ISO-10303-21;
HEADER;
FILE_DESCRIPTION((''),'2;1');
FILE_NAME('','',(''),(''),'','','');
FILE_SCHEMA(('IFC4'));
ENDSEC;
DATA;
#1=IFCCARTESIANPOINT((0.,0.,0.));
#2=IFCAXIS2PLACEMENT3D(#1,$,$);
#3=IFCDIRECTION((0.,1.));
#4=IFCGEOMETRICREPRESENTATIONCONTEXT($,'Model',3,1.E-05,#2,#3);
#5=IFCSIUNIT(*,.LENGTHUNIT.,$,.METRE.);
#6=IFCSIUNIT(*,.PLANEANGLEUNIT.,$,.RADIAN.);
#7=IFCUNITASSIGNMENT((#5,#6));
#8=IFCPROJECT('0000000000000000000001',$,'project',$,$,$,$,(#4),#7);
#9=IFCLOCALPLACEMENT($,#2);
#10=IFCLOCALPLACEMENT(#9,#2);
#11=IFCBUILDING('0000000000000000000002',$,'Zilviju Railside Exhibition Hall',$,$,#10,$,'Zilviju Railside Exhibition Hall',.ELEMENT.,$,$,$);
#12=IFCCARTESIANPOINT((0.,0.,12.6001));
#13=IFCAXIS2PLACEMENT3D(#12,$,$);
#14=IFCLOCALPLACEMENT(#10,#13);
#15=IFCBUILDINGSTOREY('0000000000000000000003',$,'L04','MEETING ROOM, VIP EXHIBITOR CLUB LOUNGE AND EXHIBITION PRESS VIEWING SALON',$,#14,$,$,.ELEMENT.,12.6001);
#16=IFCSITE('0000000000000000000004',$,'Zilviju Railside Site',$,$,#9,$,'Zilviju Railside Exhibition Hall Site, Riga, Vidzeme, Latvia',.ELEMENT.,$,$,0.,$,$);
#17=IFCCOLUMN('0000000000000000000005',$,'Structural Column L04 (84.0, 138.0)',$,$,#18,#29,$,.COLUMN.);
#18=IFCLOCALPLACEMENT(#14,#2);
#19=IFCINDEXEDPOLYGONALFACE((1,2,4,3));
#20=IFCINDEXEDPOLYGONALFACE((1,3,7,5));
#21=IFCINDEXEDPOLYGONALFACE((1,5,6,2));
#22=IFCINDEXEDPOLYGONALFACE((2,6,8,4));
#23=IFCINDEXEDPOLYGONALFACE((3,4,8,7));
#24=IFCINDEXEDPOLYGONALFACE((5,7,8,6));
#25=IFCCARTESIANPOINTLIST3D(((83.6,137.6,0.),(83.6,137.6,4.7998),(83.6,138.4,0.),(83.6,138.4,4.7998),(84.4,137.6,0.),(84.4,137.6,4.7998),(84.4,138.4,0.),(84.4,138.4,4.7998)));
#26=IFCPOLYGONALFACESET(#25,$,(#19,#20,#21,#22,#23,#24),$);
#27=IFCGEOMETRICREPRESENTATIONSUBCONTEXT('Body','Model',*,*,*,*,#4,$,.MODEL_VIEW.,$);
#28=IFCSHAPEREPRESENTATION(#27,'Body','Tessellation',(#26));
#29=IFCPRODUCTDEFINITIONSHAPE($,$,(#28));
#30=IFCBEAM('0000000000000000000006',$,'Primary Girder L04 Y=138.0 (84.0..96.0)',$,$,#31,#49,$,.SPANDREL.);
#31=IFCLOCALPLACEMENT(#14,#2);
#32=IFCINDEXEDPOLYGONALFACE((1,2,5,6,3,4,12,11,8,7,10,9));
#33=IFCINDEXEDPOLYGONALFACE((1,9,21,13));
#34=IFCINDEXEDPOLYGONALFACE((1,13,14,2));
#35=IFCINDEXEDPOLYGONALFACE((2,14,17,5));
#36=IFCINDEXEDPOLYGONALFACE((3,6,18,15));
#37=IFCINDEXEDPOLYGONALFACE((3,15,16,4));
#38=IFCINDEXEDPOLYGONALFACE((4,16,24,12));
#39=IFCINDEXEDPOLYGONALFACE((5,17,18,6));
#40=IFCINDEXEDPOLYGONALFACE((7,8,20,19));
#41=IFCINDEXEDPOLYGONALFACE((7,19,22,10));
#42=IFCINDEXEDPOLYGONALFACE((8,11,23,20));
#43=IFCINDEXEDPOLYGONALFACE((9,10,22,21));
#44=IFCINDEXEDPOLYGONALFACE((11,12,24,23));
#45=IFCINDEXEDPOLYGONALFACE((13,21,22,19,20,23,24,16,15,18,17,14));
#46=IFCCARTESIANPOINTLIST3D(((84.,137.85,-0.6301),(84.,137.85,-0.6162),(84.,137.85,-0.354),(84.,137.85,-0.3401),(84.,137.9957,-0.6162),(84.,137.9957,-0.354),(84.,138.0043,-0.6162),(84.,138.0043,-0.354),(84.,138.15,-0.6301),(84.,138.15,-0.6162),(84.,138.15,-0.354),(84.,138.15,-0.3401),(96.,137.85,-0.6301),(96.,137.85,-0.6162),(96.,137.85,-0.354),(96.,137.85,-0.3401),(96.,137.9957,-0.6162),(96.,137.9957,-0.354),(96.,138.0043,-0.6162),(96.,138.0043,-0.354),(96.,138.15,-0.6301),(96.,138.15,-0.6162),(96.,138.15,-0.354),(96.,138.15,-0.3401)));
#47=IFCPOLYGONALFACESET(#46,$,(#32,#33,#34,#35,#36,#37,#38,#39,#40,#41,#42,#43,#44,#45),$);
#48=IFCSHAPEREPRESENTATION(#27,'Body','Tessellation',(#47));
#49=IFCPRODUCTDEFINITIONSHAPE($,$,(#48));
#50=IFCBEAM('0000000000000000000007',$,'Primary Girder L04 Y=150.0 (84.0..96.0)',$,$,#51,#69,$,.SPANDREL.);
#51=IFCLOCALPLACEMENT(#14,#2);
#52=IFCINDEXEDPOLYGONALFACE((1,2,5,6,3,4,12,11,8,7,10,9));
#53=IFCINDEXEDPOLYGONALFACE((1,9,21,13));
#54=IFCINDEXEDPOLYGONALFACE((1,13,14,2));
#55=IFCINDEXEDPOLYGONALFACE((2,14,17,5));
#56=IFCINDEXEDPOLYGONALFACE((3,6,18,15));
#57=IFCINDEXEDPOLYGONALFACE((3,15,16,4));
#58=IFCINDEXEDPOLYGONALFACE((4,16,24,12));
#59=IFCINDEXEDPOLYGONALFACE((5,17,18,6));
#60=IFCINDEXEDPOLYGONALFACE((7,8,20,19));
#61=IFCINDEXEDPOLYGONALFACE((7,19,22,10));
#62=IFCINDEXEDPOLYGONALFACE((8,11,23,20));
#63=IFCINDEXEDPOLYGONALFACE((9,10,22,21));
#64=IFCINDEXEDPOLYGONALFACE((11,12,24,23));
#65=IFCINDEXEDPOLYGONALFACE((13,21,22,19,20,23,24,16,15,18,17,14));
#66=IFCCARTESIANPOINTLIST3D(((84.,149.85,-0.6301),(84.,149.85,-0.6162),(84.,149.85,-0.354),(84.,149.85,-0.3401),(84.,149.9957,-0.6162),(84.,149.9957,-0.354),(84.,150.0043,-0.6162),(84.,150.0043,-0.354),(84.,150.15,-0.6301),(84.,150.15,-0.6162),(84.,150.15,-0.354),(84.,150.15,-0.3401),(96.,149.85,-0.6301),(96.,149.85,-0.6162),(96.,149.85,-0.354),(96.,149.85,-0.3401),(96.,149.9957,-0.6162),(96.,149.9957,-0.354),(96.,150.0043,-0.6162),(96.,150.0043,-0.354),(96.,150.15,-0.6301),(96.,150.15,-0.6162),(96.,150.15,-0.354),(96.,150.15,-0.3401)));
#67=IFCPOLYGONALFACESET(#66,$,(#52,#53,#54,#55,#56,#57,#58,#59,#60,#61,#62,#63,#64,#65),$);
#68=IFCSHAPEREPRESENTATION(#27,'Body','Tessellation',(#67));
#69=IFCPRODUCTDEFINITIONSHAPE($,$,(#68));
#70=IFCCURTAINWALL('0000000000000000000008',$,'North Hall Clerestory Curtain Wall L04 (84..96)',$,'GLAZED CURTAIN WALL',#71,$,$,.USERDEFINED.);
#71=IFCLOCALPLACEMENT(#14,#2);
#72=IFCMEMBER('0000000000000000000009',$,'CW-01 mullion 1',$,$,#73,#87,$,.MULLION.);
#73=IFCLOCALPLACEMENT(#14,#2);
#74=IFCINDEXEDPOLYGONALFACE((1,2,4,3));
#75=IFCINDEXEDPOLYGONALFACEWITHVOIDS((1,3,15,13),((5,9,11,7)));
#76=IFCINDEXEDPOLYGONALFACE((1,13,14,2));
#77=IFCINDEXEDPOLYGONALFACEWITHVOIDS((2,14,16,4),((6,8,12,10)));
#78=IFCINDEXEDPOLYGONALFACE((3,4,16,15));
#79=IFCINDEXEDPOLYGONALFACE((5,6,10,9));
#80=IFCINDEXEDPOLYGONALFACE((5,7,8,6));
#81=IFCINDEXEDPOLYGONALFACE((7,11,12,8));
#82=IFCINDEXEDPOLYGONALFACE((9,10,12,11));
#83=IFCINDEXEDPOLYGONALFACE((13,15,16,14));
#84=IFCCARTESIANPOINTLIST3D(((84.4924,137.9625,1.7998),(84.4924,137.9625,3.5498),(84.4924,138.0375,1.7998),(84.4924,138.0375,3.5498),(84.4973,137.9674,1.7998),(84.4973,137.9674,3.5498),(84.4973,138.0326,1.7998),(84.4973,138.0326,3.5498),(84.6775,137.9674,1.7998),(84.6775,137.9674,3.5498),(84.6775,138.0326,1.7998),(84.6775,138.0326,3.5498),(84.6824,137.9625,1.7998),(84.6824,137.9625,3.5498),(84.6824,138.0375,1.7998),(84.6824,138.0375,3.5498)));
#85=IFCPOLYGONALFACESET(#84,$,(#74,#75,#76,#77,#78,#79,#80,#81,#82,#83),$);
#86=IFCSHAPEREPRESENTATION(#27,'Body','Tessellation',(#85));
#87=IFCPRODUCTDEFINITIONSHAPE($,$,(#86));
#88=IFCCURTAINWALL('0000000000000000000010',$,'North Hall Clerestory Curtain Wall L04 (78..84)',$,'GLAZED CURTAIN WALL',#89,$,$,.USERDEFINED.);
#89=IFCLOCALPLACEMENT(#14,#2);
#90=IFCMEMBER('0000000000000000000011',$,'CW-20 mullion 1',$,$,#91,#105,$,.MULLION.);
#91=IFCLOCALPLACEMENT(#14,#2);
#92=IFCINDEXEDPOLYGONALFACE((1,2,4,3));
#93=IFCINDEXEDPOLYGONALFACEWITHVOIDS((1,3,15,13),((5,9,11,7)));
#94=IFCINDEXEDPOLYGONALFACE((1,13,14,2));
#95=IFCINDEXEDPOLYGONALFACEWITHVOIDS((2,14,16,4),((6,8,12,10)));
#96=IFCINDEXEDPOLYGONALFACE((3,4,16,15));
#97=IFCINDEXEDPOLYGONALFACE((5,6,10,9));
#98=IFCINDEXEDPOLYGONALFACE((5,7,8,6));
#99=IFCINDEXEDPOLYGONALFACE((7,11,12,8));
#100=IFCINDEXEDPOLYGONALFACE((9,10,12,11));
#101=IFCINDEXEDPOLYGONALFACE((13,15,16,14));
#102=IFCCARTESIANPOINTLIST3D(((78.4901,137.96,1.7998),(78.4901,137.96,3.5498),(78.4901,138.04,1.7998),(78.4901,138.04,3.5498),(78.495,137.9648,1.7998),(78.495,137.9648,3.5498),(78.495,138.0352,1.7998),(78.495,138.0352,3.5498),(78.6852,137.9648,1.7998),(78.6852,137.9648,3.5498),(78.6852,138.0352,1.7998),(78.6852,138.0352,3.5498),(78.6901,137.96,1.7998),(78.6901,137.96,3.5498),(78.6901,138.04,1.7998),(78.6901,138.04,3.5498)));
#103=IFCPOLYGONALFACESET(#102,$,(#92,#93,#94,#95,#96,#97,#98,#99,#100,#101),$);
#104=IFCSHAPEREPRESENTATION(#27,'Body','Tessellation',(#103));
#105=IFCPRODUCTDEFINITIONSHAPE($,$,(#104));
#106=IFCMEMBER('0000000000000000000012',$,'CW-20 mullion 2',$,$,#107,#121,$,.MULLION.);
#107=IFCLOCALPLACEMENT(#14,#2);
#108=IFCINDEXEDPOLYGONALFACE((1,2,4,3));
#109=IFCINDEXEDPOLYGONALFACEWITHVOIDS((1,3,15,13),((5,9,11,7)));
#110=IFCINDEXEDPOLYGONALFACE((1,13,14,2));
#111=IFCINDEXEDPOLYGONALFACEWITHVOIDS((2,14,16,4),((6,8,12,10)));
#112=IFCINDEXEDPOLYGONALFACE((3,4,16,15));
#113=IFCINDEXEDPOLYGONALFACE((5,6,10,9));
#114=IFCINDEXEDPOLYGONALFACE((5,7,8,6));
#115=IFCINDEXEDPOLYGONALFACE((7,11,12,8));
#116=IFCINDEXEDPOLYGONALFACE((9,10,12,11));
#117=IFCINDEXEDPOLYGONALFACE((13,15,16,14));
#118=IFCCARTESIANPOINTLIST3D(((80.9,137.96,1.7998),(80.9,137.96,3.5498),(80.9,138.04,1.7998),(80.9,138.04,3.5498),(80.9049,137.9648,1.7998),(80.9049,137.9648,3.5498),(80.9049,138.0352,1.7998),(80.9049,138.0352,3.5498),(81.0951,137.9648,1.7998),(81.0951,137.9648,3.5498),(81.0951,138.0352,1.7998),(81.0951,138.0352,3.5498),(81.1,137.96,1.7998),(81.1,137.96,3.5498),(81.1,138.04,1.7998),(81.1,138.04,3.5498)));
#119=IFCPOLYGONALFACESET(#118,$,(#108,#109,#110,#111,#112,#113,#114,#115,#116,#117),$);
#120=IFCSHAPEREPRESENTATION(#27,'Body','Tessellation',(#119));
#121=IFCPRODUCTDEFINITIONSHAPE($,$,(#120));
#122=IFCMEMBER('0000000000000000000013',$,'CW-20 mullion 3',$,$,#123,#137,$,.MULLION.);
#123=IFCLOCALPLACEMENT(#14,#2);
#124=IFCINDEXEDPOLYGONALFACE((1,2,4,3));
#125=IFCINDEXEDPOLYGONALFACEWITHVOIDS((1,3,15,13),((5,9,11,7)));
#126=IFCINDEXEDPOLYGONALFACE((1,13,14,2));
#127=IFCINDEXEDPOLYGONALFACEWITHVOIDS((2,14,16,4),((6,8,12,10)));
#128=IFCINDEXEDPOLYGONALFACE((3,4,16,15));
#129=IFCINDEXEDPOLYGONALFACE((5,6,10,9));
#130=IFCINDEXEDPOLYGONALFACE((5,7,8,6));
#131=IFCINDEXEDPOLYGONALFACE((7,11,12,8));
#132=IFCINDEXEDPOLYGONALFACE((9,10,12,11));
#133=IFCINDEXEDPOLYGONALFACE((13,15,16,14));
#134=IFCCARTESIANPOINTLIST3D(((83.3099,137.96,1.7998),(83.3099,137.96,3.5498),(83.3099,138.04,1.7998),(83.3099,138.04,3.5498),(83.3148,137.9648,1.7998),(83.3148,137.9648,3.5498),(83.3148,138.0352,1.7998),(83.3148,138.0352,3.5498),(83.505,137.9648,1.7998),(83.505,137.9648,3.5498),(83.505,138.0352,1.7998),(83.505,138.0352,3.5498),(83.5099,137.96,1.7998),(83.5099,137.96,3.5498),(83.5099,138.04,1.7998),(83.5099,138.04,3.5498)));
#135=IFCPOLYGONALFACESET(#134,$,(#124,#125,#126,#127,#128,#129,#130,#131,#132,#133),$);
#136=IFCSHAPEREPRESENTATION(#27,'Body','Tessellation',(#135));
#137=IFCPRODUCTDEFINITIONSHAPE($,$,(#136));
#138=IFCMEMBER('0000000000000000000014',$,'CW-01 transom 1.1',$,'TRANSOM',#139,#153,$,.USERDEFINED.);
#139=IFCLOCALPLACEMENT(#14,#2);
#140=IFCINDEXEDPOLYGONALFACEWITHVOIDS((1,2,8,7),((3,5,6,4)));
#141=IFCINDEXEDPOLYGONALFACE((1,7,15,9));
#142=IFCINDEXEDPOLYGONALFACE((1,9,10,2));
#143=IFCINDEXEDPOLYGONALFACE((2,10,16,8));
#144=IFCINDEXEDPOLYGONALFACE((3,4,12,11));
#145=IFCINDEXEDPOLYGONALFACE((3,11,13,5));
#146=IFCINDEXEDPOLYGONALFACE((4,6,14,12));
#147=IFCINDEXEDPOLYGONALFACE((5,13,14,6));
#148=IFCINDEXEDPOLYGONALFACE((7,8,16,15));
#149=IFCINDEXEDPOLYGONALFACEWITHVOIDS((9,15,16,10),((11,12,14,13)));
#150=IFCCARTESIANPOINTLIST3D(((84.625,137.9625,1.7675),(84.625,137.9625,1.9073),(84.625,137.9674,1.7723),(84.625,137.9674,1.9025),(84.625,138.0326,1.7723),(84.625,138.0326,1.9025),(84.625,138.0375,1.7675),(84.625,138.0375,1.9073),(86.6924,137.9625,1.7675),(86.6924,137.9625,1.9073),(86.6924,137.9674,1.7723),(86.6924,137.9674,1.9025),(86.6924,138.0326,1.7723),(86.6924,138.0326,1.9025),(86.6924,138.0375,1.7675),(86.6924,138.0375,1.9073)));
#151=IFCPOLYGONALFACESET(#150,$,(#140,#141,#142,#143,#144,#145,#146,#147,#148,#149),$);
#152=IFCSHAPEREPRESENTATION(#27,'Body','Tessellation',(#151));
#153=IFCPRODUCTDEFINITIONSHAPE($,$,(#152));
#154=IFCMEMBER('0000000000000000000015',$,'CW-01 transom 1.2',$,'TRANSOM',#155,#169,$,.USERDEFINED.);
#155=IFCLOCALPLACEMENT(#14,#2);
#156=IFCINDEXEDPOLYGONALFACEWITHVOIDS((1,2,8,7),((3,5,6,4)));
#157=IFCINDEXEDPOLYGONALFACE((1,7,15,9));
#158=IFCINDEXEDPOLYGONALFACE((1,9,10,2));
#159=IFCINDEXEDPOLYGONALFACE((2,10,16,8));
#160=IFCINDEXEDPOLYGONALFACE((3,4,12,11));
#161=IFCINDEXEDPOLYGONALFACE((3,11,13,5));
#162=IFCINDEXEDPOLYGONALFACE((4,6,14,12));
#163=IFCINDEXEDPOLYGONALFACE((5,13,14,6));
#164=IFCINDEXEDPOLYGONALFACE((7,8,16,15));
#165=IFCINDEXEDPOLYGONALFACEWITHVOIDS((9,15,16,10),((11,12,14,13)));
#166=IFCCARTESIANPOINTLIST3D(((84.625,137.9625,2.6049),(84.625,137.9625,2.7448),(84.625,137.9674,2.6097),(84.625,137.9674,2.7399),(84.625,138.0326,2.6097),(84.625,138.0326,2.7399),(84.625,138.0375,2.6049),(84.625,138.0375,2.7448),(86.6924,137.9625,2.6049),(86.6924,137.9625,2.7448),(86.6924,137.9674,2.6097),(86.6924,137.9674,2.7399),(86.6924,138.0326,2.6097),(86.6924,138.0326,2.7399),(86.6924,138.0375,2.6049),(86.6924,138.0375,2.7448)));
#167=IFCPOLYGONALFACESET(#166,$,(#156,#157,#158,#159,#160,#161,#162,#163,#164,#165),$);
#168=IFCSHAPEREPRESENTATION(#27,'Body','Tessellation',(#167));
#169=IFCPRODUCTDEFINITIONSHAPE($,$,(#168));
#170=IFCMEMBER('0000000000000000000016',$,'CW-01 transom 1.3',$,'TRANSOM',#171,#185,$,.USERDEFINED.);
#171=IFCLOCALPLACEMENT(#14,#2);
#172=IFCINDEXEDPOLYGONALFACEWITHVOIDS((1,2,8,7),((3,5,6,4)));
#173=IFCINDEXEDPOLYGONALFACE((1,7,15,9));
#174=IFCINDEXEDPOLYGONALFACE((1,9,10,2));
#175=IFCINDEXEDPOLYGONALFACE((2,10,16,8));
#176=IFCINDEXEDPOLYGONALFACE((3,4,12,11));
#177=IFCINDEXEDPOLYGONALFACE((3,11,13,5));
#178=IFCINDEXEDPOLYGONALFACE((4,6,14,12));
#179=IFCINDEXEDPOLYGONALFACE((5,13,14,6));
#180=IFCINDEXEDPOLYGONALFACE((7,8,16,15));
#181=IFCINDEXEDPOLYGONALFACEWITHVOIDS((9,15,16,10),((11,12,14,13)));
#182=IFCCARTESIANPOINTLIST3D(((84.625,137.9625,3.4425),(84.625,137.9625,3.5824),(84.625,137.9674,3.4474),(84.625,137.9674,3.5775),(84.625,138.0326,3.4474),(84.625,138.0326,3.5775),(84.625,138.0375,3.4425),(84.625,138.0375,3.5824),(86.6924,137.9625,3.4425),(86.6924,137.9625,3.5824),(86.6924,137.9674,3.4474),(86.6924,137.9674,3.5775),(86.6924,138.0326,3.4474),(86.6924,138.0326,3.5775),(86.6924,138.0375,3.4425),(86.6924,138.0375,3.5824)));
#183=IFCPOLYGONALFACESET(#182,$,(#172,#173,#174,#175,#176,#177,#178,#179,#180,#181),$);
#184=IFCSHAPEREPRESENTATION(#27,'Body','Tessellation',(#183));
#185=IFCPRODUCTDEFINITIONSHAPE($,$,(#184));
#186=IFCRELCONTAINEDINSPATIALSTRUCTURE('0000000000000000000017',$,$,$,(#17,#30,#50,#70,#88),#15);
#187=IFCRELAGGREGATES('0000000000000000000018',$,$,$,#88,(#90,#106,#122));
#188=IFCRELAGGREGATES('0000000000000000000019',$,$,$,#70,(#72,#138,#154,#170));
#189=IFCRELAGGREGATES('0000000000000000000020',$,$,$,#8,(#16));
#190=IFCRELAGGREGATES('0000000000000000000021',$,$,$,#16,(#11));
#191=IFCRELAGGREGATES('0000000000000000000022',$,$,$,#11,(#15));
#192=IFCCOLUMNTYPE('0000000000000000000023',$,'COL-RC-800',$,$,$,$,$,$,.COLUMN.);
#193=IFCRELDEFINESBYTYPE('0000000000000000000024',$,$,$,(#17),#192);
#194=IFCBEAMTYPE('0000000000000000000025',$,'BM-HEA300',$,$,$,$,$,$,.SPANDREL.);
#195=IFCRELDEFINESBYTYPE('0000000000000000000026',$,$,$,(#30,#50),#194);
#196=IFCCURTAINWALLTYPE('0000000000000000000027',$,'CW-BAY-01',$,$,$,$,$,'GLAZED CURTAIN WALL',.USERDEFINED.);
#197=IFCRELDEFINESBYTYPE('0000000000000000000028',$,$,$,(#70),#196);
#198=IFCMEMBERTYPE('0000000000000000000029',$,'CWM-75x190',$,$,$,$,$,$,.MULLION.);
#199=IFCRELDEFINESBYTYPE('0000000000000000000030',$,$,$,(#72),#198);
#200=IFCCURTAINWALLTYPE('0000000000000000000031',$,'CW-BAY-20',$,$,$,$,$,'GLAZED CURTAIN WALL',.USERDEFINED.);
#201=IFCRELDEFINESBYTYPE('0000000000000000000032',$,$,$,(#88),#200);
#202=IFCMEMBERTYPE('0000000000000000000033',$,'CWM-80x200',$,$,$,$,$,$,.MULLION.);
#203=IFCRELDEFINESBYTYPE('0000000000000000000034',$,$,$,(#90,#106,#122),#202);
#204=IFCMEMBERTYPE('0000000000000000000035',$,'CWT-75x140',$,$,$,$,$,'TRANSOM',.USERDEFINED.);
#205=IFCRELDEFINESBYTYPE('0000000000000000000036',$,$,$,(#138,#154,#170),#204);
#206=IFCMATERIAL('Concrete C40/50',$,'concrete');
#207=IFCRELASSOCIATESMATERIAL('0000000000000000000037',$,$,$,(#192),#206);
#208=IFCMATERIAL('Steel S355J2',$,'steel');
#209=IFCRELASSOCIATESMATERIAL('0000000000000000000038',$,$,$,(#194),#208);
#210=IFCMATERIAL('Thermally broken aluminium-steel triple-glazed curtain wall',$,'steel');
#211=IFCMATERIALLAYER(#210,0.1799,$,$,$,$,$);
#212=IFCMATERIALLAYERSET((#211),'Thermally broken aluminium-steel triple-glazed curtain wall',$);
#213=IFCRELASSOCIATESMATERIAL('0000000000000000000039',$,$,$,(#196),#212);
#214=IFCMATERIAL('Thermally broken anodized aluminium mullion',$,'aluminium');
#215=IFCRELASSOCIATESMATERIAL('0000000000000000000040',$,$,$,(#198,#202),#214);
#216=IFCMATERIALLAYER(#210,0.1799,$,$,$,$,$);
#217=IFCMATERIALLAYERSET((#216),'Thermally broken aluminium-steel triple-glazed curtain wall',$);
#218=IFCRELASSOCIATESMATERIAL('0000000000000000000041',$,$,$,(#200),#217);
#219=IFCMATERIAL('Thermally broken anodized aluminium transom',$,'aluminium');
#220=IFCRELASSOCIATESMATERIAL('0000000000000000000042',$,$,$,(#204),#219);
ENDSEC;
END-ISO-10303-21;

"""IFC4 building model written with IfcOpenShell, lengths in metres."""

from ifc_helpers import new_model, si_unit, direction, frame, origin, origin_2d, place, context, subcontext, project, spatial, rectangle, hollow_rectangle, i_section, extrude, material, layer, layer_set, material_profile, profile_set, type_object, element, aggregate, save


model = new_model("IFC4")

# Units and contexts
model_context = context("Model", 3, precision=1e-05, world=origin(), true_north=direction((0.0, 1.0)))
body_context = subcontext(model_context, "Body", "Model", "MODEL_VIEW")
ifc_project = project(units=[si_unit("LENGTHUNIT", "METRE"), si_unit("PLANEANGLEUNIT", "RADIAN")], contexts=[model_context])

# Site, building, storey
site_placement = place(None, origin())
site = spatial("IfcSite", under=ifc_project, at=site_placement, Name="Zilviju Railside Site", LongName="Zilviju Railside Exhibition Hall Site, Riga, Vidzeme, Latvia", CompositionType="ELEMENT", RefElevation=0.0)
building_placement = place(site_placement, origin())
building = spatial("IfcBuilding", under=site, at=building_placement, Name="Zilviju Railside Exhibition Hall", LongName="Zilviju Railside Exhibition Hall", CompositionType="ELEMENT")
storey_placement = place(building_placement, frame((0.0, 0.0, 12.6001)))
storey = spatial("IfcBuildingStorey", under=building, at=storey_placement, Name="L04", Description="MEETING ROOM, VIP EXHIBITOR CLUB LOUNGE AND EXHIBITION PRESS VIEWING SALON", CompositionType="ELEMENT", Elevation=12.6001)

# Column
ifc_material_1 = material(Name="Concrete C40/50", Category="concrete")
ifc_material_profile_1 = material_profile(ifc_material_1, rectangle(XDim=0.8, YDim=0.8, at=origin_2d()), Name="RC COL 800x800")
ifc_profile_set_1 = profile_set([ifc_material_profile_1], Name="Concrete C40/50")
column_type = type_object("IfcColumnType", Name="COL-RC-800", PredefinedType="COLUMN", material=ifc_profile_set_1)
column_placement = place(storey_placement, frame((84.0, 138.0, 0.0), z_axis=(0.0, 0.0, 1.0), x_axis=(1.0, 0.0, 0.0)))
element("IfcColumn", 1, at=column_placement, inside=storey, type_object=column_type, Name="Structural Column L04 (84.0, 138.0)", PredefinedType="COLUMN", context=body_context, shape_type="SweptSolid", body=[
    extrude(rectangle(XDim=0.8, YDim=0.8, at=origin_2d()), origin(), (0.0, 0.0, 1.0), 4.7998),
])

# Beams
ifc_material_2 = material(Name="Steel S355J2", Category="steel")
ifc_material_profile_2 = material_profile(ifc_material_2, i_section(OverallWidth=0.3, OverallDepth=0.29, WebThickness=0.0085, FlangeThickness=0.0139, at=origin_2d()), Name="HEA 300")
ifc_profile_set_2 = profile_set([ifc_material_profile_2], Name="Steel S355J2")
beam_type = type_object("IfcBeamType", Name="BM-HEA300", PredefinedType="SPANDREL", material=ifc_profile_set_2)
for number, where, z_axis, x_axis, name in (
    (2, (84.0, 138.0, -0.4851), (1.0, 0.0, 0.0), (0.0, 1.0, 0.0), "Primary Girder L04 Y=138.0 (84.0..96.0)"),
    (3, (84.0, 150.0, -0.4851), (1.0, 0.0, 0.0), (0.0, 1.0, 0.0), "Primary Girder L04 Y=150.0 (84.0..96.0)"),
):
    element("IfcBeam", number, at=place(storey_placement, frame(where, z_axis=z_axis, x_axis=x_axis)), inside=storey, type_object=beam_type, Name=name, PredefinedType="SPANDREL", context=body_context, shape_type="SweptSolid", body=[
        extrude(i_section(OverallWidth=0.3, OverallDepth=0.29, WebThickness=0.0085, FlangeThickness=0.0139, at=origin_2d()), origin(), (0.0, 0.0, 1.0), 12.0),
    ])

# Curtain wall, member
ifc_material_3 = material(Name="Thermally broken aluminium-steel triple-glazed curtain wall", Category="steel")
ifc_layer_1 = layer(ifc_material_3, 0.1799)
ifc_layer_set_1 = layer_set([ifc_layer_1], Name="Thermally broken aluminium-steel triple-glazed curtain wall")
curtain_wall_type_1 = type_object("IfcCurtainWallType", Name="CW-BAY-01", ElementType="GLAZED CURTAIN WALL", PredefinedType="USERDEFINED", material=ifc_layer_set_1)
curtain_wall_1_placement = place(storey_placement, origin())
curtain_wall_1 = element("IfcCurtainWall", 4, at=curtain_wall_1_placement, inside=storey, type_object=curtain_wall_type_1, Name="North Hall Clerestory Curtain Wall L04 (84..96)", ObjectType="GLAZED CURTAIN WALL", PredefinedType="USERDEFINED")
ifc_material_4 = material(Name="Thermally broken anodized aluminium mullion", Category="aluminium")
ifc_material_profile_3 = material_profile(ifc_material_4, hollow_rectangle(XDim=0.075, YDim=0.1899, WallThickness=0.0049, at=origin_2d()), Name="MULLION 190x75x5")
ifc_profile_set_3 = profile_set([ifc_material_profile_3], Name="Thermally broken anodized aluminium mullion")
member_type_1 = type_object("IfcMemberType", Name="CWM-75x190", PredefinedType="MULLION", material=ifc_profile_set_3)
member_1_placement = place(storey_placement, frame((84.5874, 138.0, 1.7998), z_axis=(0.0, 0.0, 1.0), x_axis=(0.0, 1.0, 0.0)))
member_1 = element("IfcMember", 5, at=member_1_placement, type_object=member_type_1, Name="CW-01 mullion 1", PredefinedType="MULLION", context=body_context, shape_type="SweptSolid", body=[
    extrude(hollow_rectangle(XDim=0.075, YDim=0.1899, WallThickness=0.0049, at=origin_2d()), origin(), (0.0, 0.0, 1.0), 1.75),
])

# Curtain wall, members
ifc_layer_2 = layer(ifc_material_3, 0.1799)
ifc_layer_set_2 = layer_set([ifc_layer_2], Name="Thermally broken aluminium-steel triple-glazed curtain wall")
curtain_wall_type_2 = type_object("IfcCurtainWallType", Name="CW-BAY-20", ElementType="GLAZED CURTAIN WALL", PredefinedType="USERDEFINED", material=ifc_layer_set_2)
curtain_wall_2_placement = place(storey_placement, origin())
curtain_wall_2 = element("IfcCurtainWall", 6, at=curtain_wall_2_placement, inside=storey, type_object=curtain_wall_type_2, Name="North Hall Clerestory Curtain Wall L04 (78..84)", ObjectType="GLAZED CURTAIN WALL", PredefinedType="USERDEFINED")
ifc_material_profile_4 = material_profile(ifc_material_4, hollow_rectangle(XDim=0.0801, YDim=0.2, WallThickness=0.0049, at=origin_2d()), Name="MULLION 200x80x5")
ifc_profile_set_4 = profile_set([ifc_material_profile_4], Name="Thermally broken anodized aluminium mullion")
member_type_2 = type_object("IfcMemberType", Name="CWM-80x200", PredefinedType="MULLION", material=ifc_profile_set_4)
member_2_placement = place(storey_placement, frame((78.5901, 138.0, 1.7998), z_axis=(0.0, 0.0, 1.0), x_axis=(0.0, 1.0, 0.0)))
member_2 = element("IfcMember", 7, at=member_2_placement, type_object=member_type_2, Name="CW-20 mullion 1", PredefinedType="MULLION", context=body_context, shape_type="SweptSolid", body=[
    extrude(hollow_rectangle(XDim=0.0801, YDim=0.2, WallThickness=0.0049, at=origin_2d()), origin(), (0.0, 0.0, 1.0), 1.75),
])
member_3_placement = place(storey_placement, frame((81.0, 138.0, 1.7998), z_axis=(0.0, 0.0, 1.0), x_axis=(0.0, 1.0, 0.0)))
member_3 = element("IfcMember", 8, at=member_3_placement, type_object=member_type_2, Name="CW-20 mullion 2", PredefinedType="MULLION", context=body_context, shape_type="SweptSolid", body=[
    extrude(hollow_rectangle(XDim=0.0801, YDim=0.2, WallThickness=0.0049, at=origin_2d()), origin(), (0.0, 0.0, 1.0), 1.75),
])
member_4_placement = place(storey_placement, frame((83.4099, 138.0, 1.7998), z_axis=(0.0, 0.0, 1.0), x_axis=(0.0, 1.0, 0.0)))
member_4 = element("IfcMember", 9, at=member_4_placement, type_object=member_type_2, Name="CW-20 mullion 3", PredefinedType="MULLION", context=body_context, shape_type="SweptSolid", body=[
    extrude(hollow_rectangle(XDim=0.0801, YDim=0.2, WallThickness=0.0049, at=origin_2d()), origin(), (0.0, 0.0, 1.0), 1.75),
])

# Members
ifc_material_5 = material(Name="Thermally broken anodized aluminium transom", Category="aluminium")
ifc_material_profile_5 = material_profile(ifc_material_5, hollow_rectangle(XDim=0.075, YDim=0.1399, WallThickness=0.0049, at=origin_2d()), Name="TRANSOM 140x75x5")
ifc_profile_set_5 = profile_set([ifc_material_profile_5], Name="Thermally broken anodized aluminium transom")
member_type_3 = type_object("IfcMemberType", Name="CWT-75x140", ElementType="TRANSOM", PredefinedType="USERDEFINED", material=ifc_profile_set_5)
member_5_placement = place(storey_placement, frame((84.625, 138.0, 1.8374), z_axis=(1.0, 0.0, 0.0), x_axis=(0.0, 1.0, 0.0)))
member_5 = element("IfcMember", 10, at=member_5_placement, type_object=member_type_3, Name="CW-01 transom 1.1", ObjectType="TRANSOM", PredefinedType="USERDEFINED", context=body_context, shape_type="SweptSolid", body=[
    extrude(hollow_rectangle(XDim=0.075, YDim=0.1399, WallThickness=0.0049, at=origin_2d()), origin(), (0.0, 0.0, 1.0), 2.0674),
])
member_6_placement = place(storey_placement, frame((84.625, 138.0, 2.6748), z_axis=(1.0, 0.0, 0.0), x_axis=(0.0, 1.0, 0.0)))
member_6 = element("IfcMember", 11, at=member_6_placement, type_object=member_type_3, Name="CW-01 transom 1.2", ObjectType="TRANSOM", PredefinedType="USERDEFINED", context=body_context, shape_type="SweptSolid", body=[
    extrude(hollow_rectangle(XDim=0.075, YDim=0.1399, WallThickness=0.0049, at=origin_2d()), origin(), (0.0, 0.0, 1.0), 2.0674),
])
member_7_placement = place(storey_placement, frame((84.625, 138.0, 3.5125), z_axis=(1.0, 0.0, 0.0), x_axis=(0.0, 1.0, 0.0)))
member_7 = element("IfcMember", 12, at=member_7_placement, type_object=member_type_3, Name="CW-01 transom 1.3", ObjectType="TRANSOM", PredefinedType="USERDEFINED", context=body_context, shape_type="SweptSolid", body=[
    extrude(hollow_rectangle(XDim=0.075, YDim=0.1399, WallThickness=0.0049, at=origin_2d()), origin(), (0.0, 0.0, 1.0), 2.0674),
])

aggregate(curtain_wall_2, [member_2, member_3, member_4])
aggregate(curtain_wall_1, [member_1, member_5, member_6, member_7])

save(model, "model.ifc")
